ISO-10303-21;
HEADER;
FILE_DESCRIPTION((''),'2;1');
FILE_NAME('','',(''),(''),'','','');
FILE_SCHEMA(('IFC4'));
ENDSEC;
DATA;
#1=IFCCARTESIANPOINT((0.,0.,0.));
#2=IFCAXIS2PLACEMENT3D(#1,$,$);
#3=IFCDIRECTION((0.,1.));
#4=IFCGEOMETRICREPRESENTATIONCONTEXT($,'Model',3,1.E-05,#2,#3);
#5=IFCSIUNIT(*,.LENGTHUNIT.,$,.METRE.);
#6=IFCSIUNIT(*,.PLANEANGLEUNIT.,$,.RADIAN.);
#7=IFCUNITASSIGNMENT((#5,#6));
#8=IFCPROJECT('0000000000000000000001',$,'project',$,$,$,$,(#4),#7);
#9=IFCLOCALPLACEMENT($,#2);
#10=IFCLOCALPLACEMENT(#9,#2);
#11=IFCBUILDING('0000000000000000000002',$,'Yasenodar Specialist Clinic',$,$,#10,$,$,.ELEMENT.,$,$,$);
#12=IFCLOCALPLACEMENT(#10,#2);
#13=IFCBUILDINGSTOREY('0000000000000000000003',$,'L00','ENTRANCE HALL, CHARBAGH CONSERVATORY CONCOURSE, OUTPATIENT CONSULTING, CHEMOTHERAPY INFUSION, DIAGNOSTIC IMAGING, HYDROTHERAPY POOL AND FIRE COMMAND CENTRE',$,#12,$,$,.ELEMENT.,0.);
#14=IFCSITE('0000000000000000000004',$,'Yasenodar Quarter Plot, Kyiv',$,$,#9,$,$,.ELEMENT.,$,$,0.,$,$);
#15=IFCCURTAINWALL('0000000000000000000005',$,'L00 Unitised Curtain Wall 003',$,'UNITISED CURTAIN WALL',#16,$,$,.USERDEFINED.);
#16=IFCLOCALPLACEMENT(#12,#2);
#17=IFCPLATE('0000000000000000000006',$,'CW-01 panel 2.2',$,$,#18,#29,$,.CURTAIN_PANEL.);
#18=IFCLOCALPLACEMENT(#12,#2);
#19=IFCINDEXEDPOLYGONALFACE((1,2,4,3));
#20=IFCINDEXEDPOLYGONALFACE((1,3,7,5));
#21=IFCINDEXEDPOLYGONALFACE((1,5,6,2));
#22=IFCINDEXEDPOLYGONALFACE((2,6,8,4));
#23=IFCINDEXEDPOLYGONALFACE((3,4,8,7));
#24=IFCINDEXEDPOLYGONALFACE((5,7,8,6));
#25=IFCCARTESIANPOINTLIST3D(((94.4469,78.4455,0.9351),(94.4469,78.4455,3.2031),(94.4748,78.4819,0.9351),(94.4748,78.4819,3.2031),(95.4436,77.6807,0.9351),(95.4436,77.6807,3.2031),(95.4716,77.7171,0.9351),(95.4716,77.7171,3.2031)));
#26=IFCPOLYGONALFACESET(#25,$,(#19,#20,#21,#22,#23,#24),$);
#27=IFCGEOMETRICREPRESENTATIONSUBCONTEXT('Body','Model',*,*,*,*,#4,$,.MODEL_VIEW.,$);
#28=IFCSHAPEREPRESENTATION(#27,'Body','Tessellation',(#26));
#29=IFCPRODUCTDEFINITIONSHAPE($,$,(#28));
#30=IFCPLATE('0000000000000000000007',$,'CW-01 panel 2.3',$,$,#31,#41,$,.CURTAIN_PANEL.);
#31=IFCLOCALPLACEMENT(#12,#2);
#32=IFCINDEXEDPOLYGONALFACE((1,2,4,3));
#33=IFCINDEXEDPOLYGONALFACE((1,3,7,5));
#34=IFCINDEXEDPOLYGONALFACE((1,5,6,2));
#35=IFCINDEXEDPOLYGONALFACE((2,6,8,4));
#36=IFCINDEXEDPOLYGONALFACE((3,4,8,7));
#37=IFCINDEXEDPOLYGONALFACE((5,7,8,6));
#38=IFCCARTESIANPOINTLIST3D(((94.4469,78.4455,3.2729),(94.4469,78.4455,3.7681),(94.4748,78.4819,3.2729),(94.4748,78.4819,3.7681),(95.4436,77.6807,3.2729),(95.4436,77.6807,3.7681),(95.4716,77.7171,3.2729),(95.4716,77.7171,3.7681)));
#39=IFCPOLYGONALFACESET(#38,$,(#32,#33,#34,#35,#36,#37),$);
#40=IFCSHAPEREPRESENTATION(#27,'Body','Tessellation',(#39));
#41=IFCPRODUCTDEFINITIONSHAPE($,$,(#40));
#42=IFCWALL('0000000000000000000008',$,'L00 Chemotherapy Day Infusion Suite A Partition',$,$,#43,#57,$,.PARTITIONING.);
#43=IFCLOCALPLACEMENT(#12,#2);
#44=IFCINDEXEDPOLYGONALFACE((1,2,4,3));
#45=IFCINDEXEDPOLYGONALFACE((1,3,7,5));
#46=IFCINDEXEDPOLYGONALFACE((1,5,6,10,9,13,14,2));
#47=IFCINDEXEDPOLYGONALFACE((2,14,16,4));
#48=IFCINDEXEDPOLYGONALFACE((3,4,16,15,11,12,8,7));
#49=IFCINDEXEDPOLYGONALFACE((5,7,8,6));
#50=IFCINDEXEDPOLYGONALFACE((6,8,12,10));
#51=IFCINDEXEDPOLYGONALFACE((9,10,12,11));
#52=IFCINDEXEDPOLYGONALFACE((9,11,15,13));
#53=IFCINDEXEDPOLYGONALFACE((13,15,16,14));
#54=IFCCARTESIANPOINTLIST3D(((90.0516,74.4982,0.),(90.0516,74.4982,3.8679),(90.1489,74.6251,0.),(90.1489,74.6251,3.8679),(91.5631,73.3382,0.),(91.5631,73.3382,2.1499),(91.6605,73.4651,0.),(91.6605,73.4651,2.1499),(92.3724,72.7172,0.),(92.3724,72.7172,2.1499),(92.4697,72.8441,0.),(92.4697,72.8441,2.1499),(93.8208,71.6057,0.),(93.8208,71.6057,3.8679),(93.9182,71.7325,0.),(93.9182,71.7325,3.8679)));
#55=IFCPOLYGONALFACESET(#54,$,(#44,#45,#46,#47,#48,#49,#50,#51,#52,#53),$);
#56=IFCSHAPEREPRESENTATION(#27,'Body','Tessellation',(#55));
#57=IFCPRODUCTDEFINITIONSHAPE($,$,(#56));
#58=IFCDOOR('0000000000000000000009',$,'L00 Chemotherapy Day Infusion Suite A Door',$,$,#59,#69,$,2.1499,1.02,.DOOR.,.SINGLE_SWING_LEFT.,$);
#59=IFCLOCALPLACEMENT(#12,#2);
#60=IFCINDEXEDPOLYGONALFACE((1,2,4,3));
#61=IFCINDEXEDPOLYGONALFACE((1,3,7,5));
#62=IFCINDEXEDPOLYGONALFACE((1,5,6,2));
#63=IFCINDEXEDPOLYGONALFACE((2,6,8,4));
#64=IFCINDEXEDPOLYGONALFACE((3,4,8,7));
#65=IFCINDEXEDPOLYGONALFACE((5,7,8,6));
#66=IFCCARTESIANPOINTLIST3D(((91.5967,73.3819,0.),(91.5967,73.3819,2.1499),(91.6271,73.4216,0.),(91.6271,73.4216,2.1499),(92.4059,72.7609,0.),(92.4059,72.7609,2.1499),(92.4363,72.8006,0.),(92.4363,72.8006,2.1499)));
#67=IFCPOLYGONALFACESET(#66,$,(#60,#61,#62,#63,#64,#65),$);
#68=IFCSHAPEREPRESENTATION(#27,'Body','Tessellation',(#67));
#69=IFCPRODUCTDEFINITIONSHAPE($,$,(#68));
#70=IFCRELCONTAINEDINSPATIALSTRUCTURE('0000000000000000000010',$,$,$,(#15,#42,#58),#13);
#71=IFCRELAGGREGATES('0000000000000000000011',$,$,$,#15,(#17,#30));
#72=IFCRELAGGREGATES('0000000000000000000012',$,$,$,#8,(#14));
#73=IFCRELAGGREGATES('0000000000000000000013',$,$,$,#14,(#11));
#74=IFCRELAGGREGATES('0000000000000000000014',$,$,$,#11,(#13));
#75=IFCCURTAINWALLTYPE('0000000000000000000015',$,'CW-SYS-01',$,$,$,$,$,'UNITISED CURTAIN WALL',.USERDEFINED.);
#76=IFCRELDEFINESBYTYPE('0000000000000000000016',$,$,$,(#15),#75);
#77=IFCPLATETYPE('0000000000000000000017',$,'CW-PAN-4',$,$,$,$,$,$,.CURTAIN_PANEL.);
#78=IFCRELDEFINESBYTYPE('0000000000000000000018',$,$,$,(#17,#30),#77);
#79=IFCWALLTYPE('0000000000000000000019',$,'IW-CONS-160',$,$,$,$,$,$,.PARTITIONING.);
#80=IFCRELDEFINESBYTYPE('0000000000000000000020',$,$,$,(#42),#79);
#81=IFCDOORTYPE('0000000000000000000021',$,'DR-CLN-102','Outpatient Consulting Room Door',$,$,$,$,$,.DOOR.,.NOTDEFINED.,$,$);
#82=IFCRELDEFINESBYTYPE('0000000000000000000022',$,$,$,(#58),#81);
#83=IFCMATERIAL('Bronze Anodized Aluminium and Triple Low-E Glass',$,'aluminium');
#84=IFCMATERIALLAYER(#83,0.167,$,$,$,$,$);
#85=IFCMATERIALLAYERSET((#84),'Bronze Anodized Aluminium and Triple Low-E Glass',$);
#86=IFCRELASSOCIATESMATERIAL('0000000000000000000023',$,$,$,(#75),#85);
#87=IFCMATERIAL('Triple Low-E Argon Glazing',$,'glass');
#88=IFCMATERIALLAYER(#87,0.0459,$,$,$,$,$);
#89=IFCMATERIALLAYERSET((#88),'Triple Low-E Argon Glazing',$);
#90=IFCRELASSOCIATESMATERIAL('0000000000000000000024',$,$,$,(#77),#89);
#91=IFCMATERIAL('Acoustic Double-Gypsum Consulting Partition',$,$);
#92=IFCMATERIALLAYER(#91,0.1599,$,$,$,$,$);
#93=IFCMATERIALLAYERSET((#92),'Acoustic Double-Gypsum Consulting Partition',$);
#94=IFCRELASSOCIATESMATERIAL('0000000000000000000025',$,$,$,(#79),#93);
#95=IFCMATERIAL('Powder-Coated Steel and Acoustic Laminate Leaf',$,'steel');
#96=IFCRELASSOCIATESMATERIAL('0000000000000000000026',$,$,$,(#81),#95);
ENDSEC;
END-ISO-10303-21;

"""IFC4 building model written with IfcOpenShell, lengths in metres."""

from ifc_helpers import new_model, si_unit, direction, frame, frame_2d, origin, origin_2d, place, context, subcontext, project, spatial, rectangle, extrude, material, layer, layer_set, type_object, element, fill, aggregate, save


model = new_model("IFC4")

# Units and contexts
model_context = context("Model", 3, precision=1e-05, world=origin(), true_north=direction((0.0, 1.0)))
body_context = subcontext(model_context, "Body", "Model", "MODEL_VIEW")
ifc_project = project(units=[si_unit("LENGTHUNIT", "METRE"), si_unit("PLANEANGLEUNIT", "RADIAN")], contexts=[model_context])

# Site, building, storey
site_placement = place(None, origin())
site = spatial("IfcSite", under=ifc_project, at=site_placement, Name="Yasenodar Quarter Plot, Kyiv", CompositionType="ELEMENT", RefElevation=0.0)
building_placement = place(site_placement, origin())
building = spatial("IfcBuilding", under=site, at=building_placement, Name="Yasenodar Specialist Clinic", CompositionType="ELEMENT")
storey_placement = place(building_placement, origin())
storey = spatial("IfcBuildingStorey", under=building, at=storey_placement, Name="L00", Description="ENTRANCE HALL, CHARBAGH CONSERVATORY CONCOURSE, OUTPATIENT CONSULTING, CHEMOTHERAPY INFUSION, DIAGNOSTIC IMAGING, HYDROTHERAPY POOL AND FIRE COMMAND CENTRE", CompositionType="ELEMENT", Elevation=0.0)

# Curtain wall, plates
ifc_material_1 = material(Name="Bronze Anodized Aluminium and Triple Low-E Glass", Category="aluminium")
ifc_layer_1 = layer(ifc_material_1, 0.167)
ifc_layer_set_1 = layer_set([ifc_layer_1], Name="Bronze Anodized Aluminium and Triple Low-E Glass")
curtain_wall_type = type_object("IfcCurtainWallType", Name="CW-SYS-01", ElementType="UNITISED CURTAIN WALL", PredefinedType="USERDEFINED", material=ifc_layer_set_1)
curtain_wall_placement = place(storey_placement, origin())
curtain_wall = element("IfcCurtainWall", 1, at=curtain_wall_placement, inside=storey, type_object=curtain_wall_type, Name="L00 Unitised Curtain Wall 003", ObjectType="UNITISED CURTAIN WALL", PredefinedType="USERDEFINED")
ifc_material_2 = material(Name="Triple Low-E Argon Glazing", Category="glass")
ifc_layer_2 = layer(ifc_material_2, 0.0459)
ifc_layer_set_2 = layer_set([ifc_layer_2], Name="Triple Low-E Argon Glazing")
plate_type = type_object("IfcPlateType", Name="CW-PAN-4", PredefinedType="CURTAIN_PANEL", material=ifc_layer_set_2)
plate_1_placement = place(storey_placement, frame((94.9592, 78.0813, 0.9351), z_axis=(0.0, 0.0, 1.0), x_axis=(0.793361, -0.608752, 0.0)))
plate_1 = element("IfcPlate", 2, at=plate_1_placement, type_object=plate_type, Name="CW-01 panel 2.2", PredefinedType="CURTAIN_PANEL", context=body_context, shape_type="SweptSolid", body=[
    extrude(rectangle(XDim=1.2563, YDim=0.0459, at=origin_2d()), origin(), (0.0, 0.0, 1.0), 2.2681),
])
plate_2_placement = place(storey_placement, frame((94.9592, 78.0813, 3.2729), z_axis=(0.0, 0.0, 1.0), x_axis=(0.793361, -0.608752, 0.0)))
plate_2 = element("IfcPlate", 3, at=plate_2_placement, type_object=plate_type, Name="CW-01 panel 2.3", PredefinedType="CURTAIN_PANEL", context=body_context, shape_type="SweptSolid", body=[
    extrude(rectangle(XDim=1.2563, YDim=0.0459, at=origin_2d()), origin(), (0.0, 0.0, 1.0), 0.4951),
])
aggregate(curtain_wall, [plate_1, plate_2])

# Wall, opening, door
ifc_material_3 = material(Name="Acoustic Double-Gypsum Consulting Partition")
ifc_layer_3 = layer(ifc_material_3, 0.1599)
ifc_layer_set_3 = layer_set([ifc_layer_3], Name="Acoustic Double-Gypsum Consulting Partition")
wall_type = type_object("IfcWallType", Name="IW-CONS-160", PredefinedType="PARTITIONING", material=ifc_layer_set_3)
wall_placement = place(storey_placement, frame((93.8694, 71.6692, 0.0), z_axis=(0.0, 0.0, 1.0), x_axis=(-0.793323, 0.608801, 0.0)))
wall = element("IfcWall", 4, at=wall_placement, inside=storey, type_object=wall_type, Name="L00 Chemotherapy Day Infusion Suite A Partition", PredefinedType="PARTITIONING", context=body_context, shape_type="SweptSolid", body=[
    extrude(rectangle(XDim=4.7512, YDim=0.1599, at=frame_2d((2.3755, 0.0))), origin(), (0.0, 0.0, 1.0), 3.8679),
])
opening_placement = place(wall_placement, frame((1.8257, 0.0, 0.0)))
opening = element("IfcOpeningElement", 5, at=opening_placement, cuts=wall, PredefinedType="OPENING", context=body_context, shape_type="SweptSolid", body=[
    extrude(rectangle(XDim=1.02, YDim=2.1499, at=frame_2d((0.51, 1.075))), frame((0.0, 0.0898, 0.0), z_axis=(0.0, -1.0, 0.0), x_axis=(1.0, 0.0, 0.0)), (0.0, 0.0, 1.0), 0.1799),
])
ifc_material_4 = material(Name="Powder-Coated Steel and Acoustic Laminate Leaf", Category="steel")
door_type = type_object("IfcDoorType", Name="DR-CLN-102", Description="Outpatient Consulting Room Door", OperationType="NOTDEFINED", PredefinedType="DOOR", material=ifc_material_4)
door_placement = place(opening_placement, origin())
door = element("IfcDoor", 6, at=door_placement, inside=storey, type_object=door_type, Name="L00 Chemotherapy Day Infusion Suite A Door", OperationType="SINGLE_SWING_LEFT", OverallHeight=2.1499, OverallWidth=1.02, PredefinedType="DOOR", context=body_context, shape_type="SweptSolid", body=[
    extrude(rectangle(XDim=1.02, YDim=2.1499, at=frame_2d((0.51, 1.075))), frame((0.0, 0.0249, 0.0), z_axis=(0.0, -1.0, 0.0), x_axis=(1.0, 0.0, 0.0)), (0.0, 0.0, 1.0), 0.05),
])
fill(opening, door)

save(model, "model.ifc")
